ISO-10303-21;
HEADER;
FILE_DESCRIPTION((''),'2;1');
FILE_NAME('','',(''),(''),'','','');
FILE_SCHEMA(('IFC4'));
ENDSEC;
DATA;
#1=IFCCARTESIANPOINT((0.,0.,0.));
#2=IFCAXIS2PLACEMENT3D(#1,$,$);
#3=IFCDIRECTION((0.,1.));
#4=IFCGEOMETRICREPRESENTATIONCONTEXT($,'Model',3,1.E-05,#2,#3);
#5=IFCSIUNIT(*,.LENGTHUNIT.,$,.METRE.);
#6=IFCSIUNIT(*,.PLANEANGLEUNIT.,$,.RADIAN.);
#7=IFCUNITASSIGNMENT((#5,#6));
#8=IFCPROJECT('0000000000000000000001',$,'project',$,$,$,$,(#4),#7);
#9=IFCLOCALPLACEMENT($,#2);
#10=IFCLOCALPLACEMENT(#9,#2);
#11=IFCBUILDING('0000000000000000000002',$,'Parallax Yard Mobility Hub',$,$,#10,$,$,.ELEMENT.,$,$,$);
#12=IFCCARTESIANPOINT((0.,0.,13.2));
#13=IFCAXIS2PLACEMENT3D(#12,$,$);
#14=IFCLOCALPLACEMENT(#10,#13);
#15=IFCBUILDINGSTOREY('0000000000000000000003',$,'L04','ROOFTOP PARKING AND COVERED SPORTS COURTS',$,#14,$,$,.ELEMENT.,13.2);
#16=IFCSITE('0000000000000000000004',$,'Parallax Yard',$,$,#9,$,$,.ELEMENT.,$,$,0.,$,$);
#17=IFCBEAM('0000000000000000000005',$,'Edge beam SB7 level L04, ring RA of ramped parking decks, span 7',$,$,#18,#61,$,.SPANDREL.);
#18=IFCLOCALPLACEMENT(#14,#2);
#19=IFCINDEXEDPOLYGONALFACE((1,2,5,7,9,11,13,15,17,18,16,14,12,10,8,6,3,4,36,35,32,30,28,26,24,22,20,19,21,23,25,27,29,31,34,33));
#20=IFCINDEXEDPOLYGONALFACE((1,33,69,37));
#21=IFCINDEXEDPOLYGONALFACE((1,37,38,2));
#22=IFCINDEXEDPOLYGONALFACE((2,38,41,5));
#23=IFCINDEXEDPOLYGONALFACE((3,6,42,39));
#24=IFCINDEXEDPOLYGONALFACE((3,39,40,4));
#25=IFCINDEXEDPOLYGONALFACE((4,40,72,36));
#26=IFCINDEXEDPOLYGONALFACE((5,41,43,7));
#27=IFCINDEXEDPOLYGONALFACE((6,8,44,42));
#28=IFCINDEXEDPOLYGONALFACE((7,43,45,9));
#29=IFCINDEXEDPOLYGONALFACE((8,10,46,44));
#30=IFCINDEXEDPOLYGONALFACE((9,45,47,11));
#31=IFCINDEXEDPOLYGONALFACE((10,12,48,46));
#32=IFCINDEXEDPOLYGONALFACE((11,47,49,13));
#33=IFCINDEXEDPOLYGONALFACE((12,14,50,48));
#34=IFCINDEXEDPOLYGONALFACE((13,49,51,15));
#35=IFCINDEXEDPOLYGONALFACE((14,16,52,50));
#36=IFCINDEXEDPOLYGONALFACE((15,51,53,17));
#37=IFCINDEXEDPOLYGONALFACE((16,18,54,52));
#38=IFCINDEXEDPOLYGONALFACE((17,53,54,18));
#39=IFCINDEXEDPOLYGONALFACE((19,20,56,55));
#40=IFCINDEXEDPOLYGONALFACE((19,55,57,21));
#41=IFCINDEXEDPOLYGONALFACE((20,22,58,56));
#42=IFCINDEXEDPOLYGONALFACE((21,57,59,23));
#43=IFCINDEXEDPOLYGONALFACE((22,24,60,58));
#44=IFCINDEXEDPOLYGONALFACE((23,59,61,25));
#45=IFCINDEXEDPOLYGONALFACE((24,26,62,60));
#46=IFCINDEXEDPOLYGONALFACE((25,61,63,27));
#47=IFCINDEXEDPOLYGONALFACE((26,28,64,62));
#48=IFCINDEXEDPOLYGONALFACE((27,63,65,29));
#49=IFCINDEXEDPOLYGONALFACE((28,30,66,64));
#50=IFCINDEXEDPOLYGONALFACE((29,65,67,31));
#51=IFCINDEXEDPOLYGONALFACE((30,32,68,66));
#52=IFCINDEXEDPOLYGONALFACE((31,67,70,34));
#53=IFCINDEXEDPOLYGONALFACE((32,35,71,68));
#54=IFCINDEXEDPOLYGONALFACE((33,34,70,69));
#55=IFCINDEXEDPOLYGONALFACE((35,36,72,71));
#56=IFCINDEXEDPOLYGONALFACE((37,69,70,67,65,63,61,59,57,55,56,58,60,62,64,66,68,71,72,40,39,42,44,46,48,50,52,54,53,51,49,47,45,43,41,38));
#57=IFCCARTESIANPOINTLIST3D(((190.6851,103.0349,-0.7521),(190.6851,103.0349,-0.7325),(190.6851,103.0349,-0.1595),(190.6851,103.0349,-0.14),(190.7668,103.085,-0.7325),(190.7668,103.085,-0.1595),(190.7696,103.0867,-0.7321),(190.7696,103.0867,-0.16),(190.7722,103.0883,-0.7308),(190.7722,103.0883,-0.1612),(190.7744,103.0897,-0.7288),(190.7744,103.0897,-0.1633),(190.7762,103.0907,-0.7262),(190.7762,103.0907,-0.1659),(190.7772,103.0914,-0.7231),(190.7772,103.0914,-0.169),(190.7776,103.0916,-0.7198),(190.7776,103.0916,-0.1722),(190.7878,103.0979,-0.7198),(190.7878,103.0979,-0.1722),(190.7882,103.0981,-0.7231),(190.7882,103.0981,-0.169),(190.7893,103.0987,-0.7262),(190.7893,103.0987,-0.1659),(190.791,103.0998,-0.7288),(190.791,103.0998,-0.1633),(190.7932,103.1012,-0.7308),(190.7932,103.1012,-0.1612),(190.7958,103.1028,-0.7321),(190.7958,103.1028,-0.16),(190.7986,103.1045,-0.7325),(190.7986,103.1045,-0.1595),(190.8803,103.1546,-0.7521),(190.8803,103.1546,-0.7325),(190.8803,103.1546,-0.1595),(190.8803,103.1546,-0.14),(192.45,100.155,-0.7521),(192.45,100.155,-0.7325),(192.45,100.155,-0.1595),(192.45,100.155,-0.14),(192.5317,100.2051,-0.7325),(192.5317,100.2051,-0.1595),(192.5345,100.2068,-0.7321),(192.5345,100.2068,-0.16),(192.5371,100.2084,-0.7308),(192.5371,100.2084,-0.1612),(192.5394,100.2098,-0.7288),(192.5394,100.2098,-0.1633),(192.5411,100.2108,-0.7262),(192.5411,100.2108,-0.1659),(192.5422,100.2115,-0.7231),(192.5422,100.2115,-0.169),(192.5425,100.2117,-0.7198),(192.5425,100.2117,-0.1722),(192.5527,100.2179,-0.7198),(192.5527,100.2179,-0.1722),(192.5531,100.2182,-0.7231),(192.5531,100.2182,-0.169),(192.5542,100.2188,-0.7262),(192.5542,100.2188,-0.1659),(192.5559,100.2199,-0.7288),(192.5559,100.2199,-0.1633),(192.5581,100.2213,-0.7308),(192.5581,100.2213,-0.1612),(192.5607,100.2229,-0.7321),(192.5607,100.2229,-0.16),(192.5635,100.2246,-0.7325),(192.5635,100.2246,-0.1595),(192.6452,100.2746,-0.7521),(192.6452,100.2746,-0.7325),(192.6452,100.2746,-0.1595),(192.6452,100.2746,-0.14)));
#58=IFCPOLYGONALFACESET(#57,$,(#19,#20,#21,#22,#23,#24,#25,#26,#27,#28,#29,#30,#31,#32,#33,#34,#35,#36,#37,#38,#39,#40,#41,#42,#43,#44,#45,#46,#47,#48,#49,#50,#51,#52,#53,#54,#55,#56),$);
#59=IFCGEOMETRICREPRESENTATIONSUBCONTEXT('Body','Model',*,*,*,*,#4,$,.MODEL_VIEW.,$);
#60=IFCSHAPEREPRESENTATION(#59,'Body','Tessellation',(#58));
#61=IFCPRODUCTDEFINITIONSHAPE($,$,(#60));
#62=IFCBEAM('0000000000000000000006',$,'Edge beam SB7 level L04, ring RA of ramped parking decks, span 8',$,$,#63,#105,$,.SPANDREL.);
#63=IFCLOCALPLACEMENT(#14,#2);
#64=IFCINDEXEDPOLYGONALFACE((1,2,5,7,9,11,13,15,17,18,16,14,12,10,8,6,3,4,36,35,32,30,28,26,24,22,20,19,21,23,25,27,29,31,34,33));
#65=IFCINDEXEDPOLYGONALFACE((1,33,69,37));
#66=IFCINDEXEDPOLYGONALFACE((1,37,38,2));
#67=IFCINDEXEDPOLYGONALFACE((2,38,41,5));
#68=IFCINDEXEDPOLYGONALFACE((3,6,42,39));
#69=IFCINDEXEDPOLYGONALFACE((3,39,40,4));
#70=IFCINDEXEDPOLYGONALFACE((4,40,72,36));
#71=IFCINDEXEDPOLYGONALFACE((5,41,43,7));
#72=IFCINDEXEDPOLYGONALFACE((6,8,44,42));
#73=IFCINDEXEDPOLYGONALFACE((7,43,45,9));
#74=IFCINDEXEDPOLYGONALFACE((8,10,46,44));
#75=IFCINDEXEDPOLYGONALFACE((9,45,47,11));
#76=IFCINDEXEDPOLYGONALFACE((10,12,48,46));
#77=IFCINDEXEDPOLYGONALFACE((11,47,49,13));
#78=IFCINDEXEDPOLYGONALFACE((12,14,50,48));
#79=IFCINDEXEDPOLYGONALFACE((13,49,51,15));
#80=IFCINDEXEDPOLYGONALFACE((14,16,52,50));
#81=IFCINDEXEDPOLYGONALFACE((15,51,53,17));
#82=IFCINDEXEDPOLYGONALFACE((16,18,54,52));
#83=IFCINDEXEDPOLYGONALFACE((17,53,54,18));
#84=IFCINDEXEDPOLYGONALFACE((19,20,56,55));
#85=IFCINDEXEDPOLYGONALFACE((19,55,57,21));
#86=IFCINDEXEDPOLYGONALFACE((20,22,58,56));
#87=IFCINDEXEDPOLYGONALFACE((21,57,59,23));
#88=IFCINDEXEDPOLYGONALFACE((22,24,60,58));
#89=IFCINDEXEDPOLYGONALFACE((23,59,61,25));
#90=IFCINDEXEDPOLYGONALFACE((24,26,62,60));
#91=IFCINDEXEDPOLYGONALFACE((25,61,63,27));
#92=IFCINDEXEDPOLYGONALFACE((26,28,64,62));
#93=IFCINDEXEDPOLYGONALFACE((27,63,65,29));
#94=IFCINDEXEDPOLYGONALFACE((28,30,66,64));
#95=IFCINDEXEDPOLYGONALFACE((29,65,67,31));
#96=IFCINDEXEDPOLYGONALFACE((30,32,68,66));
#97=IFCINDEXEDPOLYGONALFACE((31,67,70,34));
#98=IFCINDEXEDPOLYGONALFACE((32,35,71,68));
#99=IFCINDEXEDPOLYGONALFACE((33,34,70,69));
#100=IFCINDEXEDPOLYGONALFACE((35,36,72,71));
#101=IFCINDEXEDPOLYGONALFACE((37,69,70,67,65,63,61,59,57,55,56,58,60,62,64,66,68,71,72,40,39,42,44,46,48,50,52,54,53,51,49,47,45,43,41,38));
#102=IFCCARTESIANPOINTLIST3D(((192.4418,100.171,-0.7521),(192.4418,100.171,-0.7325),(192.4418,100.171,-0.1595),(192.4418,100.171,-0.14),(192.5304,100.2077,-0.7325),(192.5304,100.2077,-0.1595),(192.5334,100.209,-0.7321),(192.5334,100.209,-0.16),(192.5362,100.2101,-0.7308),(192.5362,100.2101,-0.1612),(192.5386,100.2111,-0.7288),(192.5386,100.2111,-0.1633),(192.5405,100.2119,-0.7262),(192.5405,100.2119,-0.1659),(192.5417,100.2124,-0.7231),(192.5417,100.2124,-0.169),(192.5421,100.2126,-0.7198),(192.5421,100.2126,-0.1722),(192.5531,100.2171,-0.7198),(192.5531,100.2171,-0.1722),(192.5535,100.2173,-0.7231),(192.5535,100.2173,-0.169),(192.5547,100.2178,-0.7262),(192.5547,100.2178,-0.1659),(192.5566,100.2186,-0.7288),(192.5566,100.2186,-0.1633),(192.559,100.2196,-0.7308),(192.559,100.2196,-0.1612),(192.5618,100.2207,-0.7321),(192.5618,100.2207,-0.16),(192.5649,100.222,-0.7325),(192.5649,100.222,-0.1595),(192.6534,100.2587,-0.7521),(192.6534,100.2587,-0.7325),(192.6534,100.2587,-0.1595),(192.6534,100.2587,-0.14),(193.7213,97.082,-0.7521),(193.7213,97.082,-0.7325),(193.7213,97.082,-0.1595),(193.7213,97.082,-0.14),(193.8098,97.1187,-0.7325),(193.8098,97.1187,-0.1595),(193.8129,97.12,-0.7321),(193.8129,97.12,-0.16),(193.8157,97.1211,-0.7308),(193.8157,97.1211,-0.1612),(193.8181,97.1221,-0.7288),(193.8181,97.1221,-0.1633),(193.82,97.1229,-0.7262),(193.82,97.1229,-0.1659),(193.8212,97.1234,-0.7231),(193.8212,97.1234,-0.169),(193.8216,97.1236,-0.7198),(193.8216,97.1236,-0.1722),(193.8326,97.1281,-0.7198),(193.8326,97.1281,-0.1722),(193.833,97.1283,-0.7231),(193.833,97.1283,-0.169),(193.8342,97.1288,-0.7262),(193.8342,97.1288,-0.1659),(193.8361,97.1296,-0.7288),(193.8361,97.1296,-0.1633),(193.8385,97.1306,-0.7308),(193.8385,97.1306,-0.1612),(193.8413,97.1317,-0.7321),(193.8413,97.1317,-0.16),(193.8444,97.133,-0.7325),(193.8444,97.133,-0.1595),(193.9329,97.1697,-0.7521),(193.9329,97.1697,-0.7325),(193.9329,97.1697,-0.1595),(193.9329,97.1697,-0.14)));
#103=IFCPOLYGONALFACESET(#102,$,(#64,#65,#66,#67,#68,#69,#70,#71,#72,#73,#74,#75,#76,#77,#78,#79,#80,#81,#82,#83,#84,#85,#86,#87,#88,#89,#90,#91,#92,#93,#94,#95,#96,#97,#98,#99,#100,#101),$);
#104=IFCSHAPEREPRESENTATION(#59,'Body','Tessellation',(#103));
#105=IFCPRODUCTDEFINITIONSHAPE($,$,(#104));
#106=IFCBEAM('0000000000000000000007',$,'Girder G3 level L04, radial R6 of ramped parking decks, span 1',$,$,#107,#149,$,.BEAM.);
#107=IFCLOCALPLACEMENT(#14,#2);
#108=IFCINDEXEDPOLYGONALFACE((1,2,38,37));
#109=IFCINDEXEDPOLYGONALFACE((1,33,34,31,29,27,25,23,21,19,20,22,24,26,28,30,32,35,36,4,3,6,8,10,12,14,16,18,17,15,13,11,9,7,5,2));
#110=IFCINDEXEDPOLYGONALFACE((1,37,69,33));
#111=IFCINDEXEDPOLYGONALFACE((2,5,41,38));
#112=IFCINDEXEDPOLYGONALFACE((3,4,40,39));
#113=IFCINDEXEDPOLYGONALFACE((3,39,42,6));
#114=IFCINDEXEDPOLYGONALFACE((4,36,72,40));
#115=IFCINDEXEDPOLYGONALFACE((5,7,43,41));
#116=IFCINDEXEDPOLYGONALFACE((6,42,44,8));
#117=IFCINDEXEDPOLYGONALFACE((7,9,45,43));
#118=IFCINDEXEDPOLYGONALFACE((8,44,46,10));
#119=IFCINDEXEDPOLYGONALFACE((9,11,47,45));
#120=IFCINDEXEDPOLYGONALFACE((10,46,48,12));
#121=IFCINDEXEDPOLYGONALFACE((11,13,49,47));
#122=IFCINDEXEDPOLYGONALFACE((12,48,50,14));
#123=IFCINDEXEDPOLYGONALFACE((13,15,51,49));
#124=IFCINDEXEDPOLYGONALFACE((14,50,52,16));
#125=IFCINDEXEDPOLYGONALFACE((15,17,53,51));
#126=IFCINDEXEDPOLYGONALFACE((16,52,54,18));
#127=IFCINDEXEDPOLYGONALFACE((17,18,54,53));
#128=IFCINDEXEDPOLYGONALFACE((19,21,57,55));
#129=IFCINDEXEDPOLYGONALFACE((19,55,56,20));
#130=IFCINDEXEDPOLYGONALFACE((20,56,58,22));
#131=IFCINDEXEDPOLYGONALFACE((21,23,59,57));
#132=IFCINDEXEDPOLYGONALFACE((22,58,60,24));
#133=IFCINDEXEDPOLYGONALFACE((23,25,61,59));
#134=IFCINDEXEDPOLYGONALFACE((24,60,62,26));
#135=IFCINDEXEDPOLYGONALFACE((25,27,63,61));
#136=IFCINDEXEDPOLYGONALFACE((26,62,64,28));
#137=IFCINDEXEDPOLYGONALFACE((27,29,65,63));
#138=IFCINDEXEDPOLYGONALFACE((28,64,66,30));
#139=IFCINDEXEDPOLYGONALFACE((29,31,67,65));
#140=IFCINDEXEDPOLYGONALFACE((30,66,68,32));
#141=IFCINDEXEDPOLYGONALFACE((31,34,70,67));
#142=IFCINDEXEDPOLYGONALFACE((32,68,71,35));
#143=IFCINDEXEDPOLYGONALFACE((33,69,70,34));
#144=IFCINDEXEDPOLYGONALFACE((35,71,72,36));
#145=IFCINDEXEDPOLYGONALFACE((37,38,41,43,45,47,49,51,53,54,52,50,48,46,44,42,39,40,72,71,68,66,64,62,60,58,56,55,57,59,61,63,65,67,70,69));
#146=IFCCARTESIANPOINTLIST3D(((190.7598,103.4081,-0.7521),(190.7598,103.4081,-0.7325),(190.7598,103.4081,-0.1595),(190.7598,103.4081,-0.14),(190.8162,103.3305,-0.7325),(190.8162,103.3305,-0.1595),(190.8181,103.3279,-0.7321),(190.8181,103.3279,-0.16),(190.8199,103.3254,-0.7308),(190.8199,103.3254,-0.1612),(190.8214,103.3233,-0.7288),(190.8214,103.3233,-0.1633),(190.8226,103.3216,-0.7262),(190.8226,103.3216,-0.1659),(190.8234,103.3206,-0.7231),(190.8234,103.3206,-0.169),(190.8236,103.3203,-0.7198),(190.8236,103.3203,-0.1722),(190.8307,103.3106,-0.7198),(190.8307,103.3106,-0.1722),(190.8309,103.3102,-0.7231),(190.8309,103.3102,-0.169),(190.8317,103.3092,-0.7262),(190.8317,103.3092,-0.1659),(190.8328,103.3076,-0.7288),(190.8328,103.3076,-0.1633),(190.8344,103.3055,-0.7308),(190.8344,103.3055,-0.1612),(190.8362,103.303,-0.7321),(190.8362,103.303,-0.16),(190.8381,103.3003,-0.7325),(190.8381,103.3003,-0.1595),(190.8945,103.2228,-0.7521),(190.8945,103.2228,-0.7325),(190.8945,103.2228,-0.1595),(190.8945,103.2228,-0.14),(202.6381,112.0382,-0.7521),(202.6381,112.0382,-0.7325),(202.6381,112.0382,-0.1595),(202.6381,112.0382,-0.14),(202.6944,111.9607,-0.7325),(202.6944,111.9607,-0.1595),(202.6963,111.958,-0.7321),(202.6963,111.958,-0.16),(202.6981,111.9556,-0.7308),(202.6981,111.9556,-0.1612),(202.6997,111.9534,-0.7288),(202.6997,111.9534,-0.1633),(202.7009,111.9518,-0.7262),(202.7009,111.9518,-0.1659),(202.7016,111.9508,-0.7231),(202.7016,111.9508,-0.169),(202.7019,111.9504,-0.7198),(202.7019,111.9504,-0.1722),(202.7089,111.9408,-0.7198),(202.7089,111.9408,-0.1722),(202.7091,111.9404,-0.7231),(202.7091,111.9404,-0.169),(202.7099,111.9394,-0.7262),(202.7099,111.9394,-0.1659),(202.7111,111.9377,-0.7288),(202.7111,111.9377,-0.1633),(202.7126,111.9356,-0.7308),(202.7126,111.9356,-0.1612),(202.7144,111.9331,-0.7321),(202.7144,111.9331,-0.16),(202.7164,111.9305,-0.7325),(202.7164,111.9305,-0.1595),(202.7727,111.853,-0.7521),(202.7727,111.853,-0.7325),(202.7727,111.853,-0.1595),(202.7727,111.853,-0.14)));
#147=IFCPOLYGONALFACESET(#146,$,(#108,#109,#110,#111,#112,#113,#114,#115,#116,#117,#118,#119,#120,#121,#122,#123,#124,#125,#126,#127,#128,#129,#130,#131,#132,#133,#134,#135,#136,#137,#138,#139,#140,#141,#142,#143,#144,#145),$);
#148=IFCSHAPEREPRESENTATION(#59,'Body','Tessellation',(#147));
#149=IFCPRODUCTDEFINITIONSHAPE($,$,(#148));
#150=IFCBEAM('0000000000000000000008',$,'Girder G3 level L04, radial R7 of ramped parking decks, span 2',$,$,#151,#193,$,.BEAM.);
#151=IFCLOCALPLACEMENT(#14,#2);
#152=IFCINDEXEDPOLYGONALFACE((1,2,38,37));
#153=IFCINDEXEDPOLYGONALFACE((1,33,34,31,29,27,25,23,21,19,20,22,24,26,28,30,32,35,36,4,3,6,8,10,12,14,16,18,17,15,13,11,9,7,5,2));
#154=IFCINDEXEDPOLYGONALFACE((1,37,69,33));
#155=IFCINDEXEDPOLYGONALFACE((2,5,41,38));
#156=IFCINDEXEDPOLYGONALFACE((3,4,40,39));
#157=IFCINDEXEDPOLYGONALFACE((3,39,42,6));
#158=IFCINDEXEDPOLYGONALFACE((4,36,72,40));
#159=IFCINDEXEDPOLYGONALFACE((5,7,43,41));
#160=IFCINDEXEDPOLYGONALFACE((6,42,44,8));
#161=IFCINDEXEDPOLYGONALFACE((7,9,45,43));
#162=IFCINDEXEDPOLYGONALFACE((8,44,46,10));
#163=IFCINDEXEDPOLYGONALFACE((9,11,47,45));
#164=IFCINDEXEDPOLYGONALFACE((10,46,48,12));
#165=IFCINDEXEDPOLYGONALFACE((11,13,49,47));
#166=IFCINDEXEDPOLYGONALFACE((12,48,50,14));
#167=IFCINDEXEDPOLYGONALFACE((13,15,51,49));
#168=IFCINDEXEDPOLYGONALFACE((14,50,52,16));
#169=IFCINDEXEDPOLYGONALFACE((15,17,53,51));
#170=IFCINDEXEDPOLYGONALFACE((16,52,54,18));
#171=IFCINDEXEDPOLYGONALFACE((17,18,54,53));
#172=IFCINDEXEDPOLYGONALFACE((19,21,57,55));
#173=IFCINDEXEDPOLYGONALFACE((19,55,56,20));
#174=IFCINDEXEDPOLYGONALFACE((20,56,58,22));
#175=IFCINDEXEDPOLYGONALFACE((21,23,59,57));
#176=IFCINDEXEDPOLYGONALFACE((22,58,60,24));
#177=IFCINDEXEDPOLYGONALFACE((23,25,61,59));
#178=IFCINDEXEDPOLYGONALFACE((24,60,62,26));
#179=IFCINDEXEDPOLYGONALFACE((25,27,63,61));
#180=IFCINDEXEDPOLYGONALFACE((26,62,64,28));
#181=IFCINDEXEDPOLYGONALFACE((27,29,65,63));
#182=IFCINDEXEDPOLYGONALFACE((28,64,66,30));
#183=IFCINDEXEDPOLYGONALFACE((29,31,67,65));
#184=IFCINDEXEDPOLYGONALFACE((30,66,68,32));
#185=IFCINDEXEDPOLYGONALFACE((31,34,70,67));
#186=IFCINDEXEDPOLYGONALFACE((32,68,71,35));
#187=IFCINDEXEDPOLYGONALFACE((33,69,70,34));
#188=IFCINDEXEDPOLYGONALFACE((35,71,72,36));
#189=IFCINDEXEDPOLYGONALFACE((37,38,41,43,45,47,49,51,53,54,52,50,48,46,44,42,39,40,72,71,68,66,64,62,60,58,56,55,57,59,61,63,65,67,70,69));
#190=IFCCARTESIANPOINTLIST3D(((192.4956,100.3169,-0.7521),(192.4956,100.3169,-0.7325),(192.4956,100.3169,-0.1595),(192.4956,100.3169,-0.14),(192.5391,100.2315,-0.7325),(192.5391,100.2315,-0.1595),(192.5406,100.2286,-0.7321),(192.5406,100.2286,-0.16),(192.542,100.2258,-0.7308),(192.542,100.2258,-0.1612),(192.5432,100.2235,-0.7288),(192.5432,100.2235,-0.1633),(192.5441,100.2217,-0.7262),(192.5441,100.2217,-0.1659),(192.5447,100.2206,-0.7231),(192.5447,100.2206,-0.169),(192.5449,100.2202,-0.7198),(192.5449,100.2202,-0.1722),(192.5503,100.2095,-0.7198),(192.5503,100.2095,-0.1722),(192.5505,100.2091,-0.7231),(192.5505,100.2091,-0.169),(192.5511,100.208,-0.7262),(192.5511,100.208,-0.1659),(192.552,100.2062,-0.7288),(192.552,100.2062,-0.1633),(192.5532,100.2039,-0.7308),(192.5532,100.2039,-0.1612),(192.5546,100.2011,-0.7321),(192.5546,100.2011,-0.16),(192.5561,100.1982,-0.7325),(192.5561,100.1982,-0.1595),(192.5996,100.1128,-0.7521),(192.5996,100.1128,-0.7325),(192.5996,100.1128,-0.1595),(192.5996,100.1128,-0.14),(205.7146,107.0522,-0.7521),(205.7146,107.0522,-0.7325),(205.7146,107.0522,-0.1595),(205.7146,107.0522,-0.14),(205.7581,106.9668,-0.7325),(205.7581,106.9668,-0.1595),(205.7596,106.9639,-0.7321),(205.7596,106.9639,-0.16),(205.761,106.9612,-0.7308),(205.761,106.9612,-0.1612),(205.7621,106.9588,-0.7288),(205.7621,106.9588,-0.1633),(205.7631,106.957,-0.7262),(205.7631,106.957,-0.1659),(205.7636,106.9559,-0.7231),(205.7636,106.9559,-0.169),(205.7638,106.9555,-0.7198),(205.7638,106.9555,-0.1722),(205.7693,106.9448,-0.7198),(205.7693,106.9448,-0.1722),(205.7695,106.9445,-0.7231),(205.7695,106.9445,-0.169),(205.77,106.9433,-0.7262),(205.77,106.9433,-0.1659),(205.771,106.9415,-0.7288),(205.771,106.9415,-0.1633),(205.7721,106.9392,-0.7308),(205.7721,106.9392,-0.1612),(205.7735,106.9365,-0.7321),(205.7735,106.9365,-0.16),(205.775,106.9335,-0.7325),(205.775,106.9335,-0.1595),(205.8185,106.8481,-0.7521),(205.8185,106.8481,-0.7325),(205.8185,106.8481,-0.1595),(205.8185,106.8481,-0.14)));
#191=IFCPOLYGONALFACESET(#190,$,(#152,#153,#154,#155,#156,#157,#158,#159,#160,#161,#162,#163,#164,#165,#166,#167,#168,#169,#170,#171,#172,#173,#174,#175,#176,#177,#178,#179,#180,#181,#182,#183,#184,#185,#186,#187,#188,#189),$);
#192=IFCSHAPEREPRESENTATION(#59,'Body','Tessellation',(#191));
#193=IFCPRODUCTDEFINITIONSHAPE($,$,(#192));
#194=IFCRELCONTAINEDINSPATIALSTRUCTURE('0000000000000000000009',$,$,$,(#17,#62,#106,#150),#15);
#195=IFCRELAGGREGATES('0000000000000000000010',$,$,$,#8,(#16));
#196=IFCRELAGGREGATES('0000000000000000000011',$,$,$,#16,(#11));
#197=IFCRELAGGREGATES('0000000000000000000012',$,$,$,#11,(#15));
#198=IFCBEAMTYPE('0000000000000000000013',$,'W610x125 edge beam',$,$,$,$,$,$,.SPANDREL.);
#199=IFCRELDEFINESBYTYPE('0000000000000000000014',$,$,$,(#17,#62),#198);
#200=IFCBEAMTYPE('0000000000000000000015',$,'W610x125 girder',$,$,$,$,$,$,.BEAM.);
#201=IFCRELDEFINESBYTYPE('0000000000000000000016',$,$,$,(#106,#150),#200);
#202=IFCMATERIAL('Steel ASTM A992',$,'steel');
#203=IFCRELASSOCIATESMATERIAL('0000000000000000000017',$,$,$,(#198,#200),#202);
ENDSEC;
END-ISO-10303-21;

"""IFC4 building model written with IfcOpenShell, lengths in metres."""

from ifc_helpers import new_model, si_unit, direction, frame, origin, origin_2d, place, context, subcontext, project, spatial, i_section, extrude, material, material_profile, profile_set, type_object, element, save


model = new_model("IFC4")

# Units and contexts
model_context = context("Model", 3, precision=1e-05, world=origin(), true_north=direction((0.0, 1.0)))
body_context = subcontext(model_context, "Body", "Model", "MODEL_VIEW")
ifc_project = project(units=[si_unit("LENGTHUNIT", "METRE"), si_unit("PLANEANGLEUNIT", "RADIAN")], contexts=[model_context])

# Site, building, storey
site_placement = place(None, origin())
site = spatial("IfcSite", under=ifc_project, at=site_placement, Name="Parallax Yard", CompositionType="ELEMENT", RefElevation=0.0)
building_placement = place(site_placement, origin())
building = spatial("IfcBuilding", under=site, at=building_placement, Name="Parallax Yard Mobility Hub", CompositionType="ELEMENT")
storey_placement = place(building_placement, frame((0.0, 0.0, 13.2)))
storey = spatial("IfcBuildingStorey", under=building, at=storey_placement, Name="L04", Description="ROOFTOP PARKING AND COVERED SPORTS COURTS", CompositionType="ELEMENT", Elevation=13.2)

# Beams
ifc_material_1 = material(Name="Steel ASTM A992", Category="steel")
ifc_material_profile_1 = material_profile(ifc_material_1, i_section(OverallWidth=0.229, OverallDepth=0.6121, WebThickness=0.012, FlangeThickness=0.0195, FilletRadius=0.0127, at=origin_2d()), Name="W610x125")
ifc_profile_set_1 = profile_set([ifc_material_profile_1], Name="Steel ASTM A992")
beam_type_1 = type_object("IfcBeamType", Name="W610x125 edge beam", PredefinedType="SPANDREL", material=ifc_profile_set_1)
beam_1_placement = place(storey_placement, frame((190.7827, 103.0947, -0.446), z_axis=(0.52252, -0.852627, 0.0), x_axis=(0.852627, 0.52252, 0.0)))
element("IfcBeam", 1, at=beam_1_placement, inside=storey, type_object=beam_type_1, Name="Edge beam SB7 level L04, ring RA of ramped parking decks, span 7", PredefinedType="SPANDREL", context=body_context, shape_type="SweptSolid", body=[
    extrude(i_section(OverallWidth=0.229, OverallDepth=0.6121, WebThickness=0.012, FlangeThickness=0.0195, FilletRadius=0.0127, at=origin_2d()), origin(), (0.0, 0.0, 1.0), 3.3777),
])
beam_2_placement = place(storey_placement, frame((192.5476, 100.2148, -0.446), z_axis=(0.382681, -0.923881, 0.0), x_axis=(0.923881, 0.382681, 0.0)))
element("IfcBeam", 2, at=beam_2_placement, inside=storey, type_object=beam_type_1, Name="Edge beam SB7 level L04, ring RA of ramped parking decks, span 8", PredefinedType="SPANDREL", context=body_context, shape_type="SweptSolid", body=[
    extrude(i_section(OverallWidth=0.229, OverallDepth=0.6121, WebThickness=0.012, FlangeThickness=0.0195, FilletRadius=0.0127, at=origin_2d()), origin(), (0.0, 0.0, 1.0), 3.3435),
])
ifc_material_profile_2 = material_profile(ifc_material_1, i_section(OverallWidth=0.229, OverallDepth=0.6121, WebThickness=0.012, FlangeThickness=0.0195, FilletRadius=0.0127, at=origin_2d()), Name="W610x125")
ifc_profile_set_2 = profile_set([ifc_material_profile_2], Name="Steel ASTM A992")
beam_type_2 = type_object("IfcBeamType", Name="W610x125 girder", PredefinedType="BEAM", material=ifc_profile_set_2)
beam_3_placement = place(storey_placement, frame((190.8271, 103.3154, -0.446), z_axis=(0.809013, 0.587791, 0.0), x_axis=(-0.587791, 0.809013, 0.0)))
element("IfcBeam", 3, at=beam_3_placement, inside=storey, type_object=beam_type_2, Name="Girder G3 level L04, radial R6 of ramped parking decks, span 1", PredefinedType="BEAM", context=body_context, shape_type="SweptSolid", body=[
    extrude(i_section(OverallWidth=0.229, OverallDepth=0.6121, WebThickness=0.012, FlangeThickness=0.0195, FilletRadius=0.0127, at=origin_2d()), origin(), (0.0, 0.0, 1.0), 14.6824),
])
beam_4_placement = place(storey_placement, frame((192.5476, 100.2148, -0.446), z_axis=(0.891008, 0.453987, 0.0), x_axis=(-0.453987, 0.891008, 0.0)))
element("IfcBeam", 4, at=beam_4_placement, inside=storey, type_object=beam_type_2, Name="Girder G3 level L04, radial R7 of ramped parking decks, span 2", PredefinedType="BEAM", context=body_context, shape_type="SweptSolid", body=[
    extrude(i_section(OverallWidth=0.229, OverallDepth=0.6121, WebThickness=0.012, FlangeThickness=0.0195, FilletRadius=0.0127, at=origin_2d()), origin(), (0.0, 0.0, 1.0), 14.8359),
])

save(model, "model.ifc")
